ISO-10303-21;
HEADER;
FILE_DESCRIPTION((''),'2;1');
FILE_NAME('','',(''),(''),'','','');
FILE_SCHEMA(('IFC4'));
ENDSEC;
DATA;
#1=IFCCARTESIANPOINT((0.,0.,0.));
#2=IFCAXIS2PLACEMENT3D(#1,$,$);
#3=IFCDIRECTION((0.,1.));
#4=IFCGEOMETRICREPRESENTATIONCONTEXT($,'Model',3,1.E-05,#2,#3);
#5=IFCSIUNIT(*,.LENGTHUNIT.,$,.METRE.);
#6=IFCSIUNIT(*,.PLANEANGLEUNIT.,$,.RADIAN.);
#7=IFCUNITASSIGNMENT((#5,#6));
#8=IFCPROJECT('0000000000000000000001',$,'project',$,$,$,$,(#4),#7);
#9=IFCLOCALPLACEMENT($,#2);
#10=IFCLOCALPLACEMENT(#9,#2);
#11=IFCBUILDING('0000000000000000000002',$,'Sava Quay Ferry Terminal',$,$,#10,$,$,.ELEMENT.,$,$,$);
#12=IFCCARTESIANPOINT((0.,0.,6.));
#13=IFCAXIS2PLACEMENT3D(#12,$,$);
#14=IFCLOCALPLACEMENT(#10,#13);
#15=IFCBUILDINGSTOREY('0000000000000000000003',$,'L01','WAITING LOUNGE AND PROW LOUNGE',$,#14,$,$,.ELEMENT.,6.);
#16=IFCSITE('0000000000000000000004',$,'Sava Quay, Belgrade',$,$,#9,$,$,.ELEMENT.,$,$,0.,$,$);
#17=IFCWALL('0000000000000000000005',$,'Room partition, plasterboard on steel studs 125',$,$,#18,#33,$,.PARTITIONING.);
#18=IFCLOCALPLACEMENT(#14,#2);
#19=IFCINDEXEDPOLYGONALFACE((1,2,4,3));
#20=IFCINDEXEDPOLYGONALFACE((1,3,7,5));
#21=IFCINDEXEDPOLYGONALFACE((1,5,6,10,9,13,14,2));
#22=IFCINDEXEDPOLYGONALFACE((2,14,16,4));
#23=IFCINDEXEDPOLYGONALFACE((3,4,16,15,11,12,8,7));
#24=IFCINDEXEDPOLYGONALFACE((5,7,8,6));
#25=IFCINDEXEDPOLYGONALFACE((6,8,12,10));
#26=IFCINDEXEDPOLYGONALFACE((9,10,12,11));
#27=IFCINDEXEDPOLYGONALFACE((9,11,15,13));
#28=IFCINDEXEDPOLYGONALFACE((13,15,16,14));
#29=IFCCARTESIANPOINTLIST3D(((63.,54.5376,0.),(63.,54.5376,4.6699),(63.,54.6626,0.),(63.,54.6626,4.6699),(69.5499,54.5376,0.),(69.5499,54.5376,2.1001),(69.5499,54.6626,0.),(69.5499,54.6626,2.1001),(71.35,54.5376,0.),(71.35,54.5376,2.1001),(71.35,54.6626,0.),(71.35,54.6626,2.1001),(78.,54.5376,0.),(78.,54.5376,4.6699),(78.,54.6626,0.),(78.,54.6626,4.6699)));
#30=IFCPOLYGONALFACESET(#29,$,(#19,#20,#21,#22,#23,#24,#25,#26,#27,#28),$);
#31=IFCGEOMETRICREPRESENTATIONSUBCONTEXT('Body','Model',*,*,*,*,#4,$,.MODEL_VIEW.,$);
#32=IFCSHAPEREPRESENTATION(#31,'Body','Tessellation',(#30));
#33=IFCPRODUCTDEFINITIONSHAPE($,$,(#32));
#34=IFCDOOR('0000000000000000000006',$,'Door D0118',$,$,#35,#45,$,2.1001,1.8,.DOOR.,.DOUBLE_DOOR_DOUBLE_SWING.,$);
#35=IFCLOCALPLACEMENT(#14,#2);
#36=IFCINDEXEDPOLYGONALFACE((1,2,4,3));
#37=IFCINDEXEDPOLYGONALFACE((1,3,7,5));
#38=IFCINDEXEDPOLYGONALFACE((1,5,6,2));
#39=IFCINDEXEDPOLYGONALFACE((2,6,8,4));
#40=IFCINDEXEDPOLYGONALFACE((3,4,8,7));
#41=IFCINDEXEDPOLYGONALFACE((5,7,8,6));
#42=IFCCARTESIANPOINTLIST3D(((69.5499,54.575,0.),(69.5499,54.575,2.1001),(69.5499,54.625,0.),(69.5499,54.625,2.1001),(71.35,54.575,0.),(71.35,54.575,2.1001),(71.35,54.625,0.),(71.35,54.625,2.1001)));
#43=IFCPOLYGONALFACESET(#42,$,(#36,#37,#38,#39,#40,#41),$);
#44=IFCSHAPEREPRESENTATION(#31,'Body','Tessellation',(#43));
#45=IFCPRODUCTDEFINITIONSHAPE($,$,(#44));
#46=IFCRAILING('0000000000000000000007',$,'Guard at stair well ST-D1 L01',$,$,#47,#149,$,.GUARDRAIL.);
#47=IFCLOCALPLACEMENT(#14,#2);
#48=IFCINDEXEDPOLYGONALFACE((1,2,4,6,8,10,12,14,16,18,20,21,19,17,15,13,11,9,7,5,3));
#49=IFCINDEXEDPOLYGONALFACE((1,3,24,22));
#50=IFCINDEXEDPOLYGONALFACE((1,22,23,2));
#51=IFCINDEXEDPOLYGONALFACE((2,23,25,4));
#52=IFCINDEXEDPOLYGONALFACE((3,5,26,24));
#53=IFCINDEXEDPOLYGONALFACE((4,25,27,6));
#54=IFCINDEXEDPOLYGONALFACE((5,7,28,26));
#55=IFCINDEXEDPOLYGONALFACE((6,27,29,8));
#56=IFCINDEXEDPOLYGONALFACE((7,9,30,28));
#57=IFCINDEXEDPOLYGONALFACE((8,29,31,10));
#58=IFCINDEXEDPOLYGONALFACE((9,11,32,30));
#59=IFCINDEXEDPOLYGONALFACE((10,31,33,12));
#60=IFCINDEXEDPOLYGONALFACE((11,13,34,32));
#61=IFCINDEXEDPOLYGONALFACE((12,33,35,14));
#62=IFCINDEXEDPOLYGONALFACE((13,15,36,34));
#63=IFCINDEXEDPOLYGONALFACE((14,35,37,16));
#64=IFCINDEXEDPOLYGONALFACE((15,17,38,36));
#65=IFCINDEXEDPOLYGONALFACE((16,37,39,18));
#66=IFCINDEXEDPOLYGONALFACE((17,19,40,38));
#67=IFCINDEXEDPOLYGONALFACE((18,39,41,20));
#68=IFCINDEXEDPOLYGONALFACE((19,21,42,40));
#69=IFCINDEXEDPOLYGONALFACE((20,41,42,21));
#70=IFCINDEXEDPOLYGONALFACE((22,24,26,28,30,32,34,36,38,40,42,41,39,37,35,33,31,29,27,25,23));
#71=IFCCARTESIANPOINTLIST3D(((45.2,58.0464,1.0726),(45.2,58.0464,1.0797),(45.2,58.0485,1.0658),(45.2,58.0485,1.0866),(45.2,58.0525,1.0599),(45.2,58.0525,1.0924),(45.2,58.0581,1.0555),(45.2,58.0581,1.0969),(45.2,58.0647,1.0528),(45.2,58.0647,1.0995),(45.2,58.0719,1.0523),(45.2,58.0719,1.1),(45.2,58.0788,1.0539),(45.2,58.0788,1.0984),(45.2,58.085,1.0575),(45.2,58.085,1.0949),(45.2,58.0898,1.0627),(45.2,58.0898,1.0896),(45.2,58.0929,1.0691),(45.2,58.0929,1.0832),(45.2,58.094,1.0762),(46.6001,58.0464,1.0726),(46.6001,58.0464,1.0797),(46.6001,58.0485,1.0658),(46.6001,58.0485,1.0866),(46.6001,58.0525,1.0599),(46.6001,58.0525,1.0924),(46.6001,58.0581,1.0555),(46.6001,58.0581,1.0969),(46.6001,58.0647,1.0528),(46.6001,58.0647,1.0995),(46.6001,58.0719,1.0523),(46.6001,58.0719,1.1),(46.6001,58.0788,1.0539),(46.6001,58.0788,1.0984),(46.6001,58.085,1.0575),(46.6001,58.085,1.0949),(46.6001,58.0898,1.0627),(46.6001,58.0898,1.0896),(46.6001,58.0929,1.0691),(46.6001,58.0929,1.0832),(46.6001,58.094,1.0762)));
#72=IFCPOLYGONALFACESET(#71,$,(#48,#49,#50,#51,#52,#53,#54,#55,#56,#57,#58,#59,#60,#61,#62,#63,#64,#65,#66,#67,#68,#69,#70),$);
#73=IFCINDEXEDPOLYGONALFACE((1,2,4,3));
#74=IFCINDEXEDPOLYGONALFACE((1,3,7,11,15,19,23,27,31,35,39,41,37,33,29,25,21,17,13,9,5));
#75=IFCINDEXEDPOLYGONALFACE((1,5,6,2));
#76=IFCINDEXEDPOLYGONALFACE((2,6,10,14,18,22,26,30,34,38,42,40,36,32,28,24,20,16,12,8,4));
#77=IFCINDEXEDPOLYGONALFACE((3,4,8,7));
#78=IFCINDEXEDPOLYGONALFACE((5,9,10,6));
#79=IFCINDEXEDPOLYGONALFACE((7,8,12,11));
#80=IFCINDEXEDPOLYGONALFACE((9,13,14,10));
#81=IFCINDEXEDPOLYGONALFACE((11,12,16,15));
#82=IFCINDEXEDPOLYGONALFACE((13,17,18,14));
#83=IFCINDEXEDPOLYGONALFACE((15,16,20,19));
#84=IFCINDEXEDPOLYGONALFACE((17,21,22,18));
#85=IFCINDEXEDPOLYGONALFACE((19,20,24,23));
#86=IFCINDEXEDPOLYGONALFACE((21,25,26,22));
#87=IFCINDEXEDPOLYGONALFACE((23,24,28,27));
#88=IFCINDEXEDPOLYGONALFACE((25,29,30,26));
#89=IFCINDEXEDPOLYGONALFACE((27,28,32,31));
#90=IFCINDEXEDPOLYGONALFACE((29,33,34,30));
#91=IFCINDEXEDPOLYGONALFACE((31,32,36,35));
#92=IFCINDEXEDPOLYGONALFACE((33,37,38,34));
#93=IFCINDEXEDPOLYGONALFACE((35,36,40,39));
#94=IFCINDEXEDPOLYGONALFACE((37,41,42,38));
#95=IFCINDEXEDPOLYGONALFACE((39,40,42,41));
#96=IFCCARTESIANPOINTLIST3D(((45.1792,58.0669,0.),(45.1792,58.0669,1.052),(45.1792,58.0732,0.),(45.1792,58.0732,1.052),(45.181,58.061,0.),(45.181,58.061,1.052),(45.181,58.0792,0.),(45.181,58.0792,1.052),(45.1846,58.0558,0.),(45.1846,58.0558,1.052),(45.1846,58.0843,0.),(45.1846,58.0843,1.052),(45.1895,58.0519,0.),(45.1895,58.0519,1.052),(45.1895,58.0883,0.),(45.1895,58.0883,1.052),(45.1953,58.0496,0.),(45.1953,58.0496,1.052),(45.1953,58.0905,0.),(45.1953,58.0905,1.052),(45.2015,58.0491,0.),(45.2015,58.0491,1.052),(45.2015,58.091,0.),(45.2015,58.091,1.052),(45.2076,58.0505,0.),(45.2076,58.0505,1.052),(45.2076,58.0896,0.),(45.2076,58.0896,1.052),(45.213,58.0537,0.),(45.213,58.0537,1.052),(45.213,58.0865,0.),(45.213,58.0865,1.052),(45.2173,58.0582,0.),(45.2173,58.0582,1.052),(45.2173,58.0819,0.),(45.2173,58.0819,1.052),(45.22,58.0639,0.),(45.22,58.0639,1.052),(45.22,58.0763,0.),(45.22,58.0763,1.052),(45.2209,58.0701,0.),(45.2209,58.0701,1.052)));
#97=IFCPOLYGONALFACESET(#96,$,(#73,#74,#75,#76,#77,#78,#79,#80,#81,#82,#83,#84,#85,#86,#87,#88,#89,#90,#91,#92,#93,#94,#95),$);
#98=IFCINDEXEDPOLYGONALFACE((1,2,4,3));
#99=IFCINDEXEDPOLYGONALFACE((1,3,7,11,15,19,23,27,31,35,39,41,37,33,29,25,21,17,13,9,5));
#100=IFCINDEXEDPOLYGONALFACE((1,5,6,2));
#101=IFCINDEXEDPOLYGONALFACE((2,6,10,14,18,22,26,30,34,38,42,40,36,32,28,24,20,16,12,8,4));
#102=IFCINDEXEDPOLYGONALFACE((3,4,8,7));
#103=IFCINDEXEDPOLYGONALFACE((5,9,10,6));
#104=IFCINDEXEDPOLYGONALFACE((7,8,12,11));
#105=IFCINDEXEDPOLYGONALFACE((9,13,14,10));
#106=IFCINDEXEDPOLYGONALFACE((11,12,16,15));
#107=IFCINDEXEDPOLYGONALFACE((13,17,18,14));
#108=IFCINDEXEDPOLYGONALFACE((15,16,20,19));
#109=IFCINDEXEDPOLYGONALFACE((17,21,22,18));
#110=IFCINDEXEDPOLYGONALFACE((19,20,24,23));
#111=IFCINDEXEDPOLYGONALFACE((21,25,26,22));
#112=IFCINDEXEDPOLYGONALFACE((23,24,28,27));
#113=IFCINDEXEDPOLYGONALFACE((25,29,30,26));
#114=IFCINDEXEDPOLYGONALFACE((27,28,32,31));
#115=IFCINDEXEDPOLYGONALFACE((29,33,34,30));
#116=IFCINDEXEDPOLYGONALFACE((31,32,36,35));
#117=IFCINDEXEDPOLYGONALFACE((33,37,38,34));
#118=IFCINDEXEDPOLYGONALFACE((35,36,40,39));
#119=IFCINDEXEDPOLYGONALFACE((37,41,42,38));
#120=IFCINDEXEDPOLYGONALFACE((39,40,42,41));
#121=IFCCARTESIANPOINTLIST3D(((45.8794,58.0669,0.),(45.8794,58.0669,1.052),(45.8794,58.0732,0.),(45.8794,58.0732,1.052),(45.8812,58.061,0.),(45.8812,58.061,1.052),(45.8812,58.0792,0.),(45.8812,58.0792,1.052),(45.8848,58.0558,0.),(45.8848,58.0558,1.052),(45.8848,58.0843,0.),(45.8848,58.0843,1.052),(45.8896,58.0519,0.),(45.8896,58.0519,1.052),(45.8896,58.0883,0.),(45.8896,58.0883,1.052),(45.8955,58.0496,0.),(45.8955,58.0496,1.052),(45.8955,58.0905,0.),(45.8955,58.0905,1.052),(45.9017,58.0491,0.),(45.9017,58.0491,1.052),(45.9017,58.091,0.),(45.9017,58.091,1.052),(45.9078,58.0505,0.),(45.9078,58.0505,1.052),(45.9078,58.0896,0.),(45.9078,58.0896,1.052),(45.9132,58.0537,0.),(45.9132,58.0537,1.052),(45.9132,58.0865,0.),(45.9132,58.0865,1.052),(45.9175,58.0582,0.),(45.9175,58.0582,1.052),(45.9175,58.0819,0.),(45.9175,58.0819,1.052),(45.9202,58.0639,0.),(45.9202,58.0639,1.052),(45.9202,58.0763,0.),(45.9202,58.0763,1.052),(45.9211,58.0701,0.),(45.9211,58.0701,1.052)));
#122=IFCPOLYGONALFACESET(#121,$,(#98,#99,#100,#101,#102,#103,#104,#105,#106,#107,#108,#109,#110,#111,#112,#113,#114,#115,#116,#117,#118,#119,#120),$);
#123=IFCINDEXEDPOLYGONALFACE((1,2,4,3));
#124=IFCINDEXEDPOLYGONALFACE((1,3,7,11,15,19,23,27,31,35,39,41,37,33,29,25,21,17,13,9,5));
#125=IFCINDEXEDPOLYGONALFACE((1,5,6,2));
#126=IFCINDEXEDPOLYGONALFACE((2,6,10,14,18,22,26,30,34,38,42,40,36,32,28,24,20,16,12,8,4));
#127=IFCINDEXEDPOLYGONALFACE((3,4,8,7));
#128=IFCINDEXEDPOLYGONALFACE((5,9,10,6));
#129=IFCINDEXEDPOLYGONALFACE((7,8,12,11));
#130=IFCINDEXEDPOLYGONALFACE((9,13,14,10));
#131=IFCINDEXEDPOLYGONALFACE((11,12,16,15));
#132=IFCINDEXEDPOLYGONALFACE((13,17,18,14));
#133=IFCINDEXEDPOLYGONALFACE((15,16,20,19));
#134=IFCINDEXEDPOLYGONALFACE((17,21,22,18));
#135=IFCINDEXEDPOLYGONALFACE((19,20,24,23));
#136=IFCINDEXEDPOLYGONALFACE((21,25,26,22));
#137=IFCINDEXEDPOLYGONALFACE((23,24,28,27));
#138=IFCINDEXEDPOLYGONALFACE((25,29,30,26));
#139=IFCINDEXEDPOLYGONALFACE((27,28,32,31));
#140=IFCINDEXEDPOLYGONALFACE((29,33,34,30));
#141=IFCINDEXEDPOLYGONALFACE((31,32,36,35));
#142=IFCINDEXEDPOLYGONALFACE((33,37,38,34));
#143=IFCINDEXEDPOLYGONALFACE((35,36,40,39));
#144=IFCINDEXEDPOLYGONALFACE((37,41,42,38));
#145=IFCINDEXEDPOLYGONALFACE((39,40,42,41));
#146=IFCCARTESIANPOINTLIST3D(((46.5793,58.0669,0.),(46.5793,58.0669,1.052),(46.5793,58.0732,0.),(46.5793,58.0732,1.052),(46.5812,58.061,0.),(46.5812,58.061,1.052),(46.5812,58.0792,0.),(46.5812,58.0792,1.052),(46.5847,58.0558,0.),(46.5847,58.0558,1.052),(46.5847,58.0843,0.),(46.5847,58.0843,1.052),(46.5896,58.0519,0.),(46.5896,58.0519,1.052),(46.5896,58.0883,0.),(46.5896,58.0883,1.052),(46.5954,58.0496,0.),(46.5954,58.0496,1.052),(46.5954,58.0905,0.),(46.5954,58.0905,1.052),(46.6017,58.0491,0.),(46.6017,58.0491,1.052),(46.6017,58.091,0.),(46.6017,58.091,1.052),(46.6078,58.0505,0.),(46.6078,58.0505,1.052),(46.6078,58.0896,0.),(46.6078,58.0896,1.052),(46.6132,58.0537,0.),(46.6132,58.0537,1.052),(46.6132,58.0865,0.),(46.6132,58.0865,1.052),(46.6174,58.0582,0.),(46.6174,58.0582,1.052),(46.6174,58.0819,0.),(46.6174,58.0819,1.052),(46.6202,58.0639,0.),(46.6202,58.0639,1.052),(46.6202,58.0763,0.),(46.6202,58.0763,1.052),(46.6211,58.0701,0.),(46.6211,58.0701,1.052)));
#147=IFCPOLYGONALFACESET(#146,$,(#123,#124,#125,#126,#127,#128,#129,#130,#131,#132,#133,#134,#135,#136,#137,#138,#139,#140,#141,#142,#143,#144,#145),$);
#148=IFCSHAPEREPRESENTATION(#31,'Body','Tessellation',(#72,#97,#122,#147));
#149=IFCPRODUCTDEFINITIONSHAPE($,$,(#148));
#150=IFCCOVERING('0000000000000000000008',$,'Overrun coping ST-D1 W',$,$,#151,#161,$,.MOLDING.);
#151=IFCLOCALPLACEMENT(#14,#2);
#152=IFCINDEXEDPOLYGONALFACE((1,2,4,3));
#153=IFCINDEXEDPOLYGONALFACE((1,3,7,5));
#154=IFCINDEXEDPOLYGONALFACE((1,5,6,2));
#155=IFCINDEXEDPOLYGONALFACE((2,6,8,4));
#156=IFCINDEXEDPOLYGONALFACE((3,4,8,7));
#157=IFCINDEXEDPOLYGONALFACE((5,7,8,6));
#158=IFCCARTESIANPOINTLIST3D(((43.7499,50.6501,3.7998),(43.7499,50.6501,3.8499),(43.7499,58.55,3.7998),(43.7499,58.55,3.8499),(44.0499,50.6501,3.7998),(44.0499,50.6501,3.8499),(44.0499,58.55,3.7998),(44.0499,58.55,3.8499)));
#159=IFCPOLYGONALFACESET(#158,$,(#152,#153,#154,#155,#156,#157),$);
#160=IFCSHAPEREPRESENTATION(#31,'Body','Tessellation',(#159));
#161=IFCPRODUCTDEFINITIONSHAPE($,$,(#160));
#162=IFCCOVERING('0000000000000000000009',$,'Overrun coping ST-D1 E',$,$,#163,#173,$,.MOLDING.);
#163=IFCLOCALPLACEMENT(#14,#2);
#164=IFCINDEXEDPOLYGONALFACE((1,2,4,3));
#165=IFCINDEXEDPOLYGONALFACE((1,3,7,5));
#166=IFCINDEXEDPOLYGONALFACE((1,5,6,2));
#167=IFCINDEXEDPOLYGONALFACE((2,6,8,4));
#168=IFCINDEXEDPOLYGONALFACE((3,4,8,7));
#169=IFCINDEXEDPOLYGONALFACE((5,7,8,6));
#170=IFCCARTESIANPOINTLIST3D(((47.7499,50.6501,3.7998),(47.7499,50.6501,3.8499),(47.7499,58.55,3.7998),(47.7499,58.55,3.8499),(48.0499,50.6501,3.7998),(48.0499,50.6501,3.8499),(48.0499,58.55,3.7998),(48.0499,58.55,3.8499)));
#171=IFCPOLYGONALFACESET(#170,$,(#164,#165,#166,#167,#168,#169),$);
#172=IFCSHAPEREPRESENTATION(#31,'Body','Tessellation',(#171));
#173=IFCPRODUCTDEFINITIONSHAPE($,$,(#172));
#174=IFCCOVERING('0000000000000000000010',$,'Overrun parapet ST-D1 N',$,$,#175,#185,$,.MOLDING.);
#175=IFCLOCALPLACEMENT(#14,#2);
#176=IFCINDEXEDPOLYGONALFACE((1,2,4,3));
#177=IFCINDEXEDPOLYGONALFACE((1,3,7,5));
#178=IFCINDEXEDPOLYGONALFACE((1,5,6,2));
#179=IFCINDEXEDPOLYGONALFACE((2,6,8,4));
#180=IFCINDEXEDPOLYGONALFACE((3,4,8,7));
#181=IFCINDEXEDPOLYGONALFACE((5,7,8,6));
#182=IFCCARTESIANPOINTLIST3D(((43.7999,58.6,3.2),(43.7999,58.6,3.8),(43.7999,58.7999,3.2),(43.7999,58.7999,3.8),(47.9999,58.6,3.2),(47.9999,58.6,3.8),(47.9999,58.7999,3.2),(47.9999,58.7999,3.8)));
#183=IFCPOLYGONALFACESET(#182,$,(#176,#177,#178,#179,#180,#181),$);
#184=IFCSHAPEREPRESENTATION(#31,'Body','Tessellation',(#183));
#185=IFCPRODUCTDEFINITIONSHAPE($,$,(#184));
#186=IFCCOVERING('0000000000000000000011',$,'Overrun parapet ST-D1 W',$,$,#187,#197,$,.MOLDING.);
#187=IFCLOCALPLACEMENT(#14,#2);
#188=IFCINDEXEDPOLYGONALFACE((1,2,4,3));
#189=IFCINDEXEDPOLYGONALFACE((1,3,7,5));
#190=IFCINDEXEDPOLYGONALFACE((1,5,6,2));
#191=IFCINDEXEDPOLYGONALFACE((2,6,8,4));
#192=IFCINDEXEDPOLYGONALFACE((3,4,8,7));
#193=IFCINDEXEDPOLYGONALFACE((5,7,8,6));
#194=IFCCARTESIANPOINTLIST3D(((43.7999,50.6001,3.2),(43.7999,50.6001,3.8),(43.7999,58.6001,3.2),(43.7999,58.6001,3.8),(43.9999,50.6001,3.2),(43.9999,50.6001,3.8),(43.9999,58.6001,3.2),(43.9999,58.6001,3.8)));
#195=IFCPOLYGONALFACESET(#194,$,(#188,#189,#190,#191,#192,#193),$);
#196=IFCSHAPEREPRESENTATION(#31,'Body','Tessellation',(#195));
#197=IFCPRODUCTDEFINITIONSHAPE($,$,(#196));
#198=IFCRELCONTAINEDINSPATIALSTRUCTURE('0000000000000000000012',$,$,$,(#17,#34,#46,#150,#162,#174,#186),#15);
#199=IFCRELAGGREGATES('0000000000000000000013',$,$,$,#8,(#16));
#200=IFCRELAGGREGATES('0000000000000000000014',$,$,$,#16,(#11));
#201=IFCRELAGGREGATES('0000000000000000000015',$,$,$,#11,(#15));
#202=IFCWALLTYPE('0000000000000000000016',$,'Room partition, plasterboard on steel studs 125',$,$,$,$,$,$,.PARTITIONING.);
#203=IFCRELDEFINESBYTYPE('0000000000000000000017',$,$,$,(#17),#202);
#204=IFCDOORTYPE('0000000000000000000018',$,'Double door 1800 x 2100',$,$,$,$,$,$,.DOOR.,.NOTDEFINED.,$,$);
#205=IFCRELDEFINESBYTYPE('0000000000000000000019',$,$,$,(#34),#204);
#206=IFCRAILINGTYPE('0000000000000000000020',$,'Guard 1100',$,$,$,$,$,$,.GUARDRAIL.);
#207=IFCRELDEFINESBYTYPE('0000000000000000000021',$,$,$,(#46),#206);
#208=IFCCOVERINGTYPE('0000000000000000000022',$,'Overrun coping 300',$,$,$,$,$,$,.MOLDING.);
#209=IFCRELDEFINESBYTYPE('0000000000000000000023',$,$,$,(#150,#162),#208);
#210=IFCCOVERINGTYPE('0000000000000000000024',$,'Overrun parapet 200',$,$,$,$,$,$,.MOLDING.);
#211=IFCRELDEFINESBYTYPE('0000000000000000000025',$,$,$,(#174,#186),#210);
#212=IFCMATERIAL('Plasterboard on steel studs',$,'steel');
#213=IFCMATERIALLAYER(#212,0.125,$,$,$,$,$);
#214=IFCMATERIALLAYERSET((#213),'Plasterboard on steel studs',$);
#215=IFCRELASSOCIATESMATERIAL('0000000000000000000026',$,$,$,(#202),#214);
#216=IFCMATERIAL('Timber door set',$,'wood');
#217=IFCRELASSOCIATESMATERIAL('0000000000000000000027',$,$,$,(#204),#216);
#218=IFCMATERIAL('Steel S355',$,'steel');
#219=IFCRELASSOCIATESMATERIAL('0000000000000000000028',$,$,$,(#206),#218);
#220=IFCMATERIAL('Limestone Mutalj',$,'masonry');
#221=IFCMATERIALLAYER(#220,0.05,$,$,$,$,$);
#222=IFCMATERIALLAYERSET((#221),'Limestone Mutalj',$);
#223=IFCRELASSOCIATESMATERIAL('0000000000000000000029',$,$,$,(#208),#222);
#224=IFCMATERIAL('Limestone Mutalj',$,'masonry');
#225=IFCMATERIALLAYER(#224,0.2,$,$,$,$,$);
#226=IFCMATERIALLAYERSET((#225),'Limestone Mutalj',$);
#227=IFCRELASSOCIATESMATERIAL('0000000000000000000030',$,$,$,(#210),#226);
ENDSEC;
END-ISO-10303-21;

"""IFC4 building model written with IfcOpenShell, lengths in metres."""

from ifc_helpers import new_model, si_unit, direction, frame, frame_2d, origin, origin_2d, place, context, subcontext, project, spatial, rectangle, circle, extrude, material, layer, layer_set, type_object, element, fill, save


model = new_model("IFC4")

# Units and contexts
model_context = context("Model", 3, precision=1e-05, world=origin(), true_north=direction((0.0, 1.0)))
body_context = subcontext(model_context, "Body", "Model", "MODEL_VIEW")
ifc_project = project(units=[si_unit("LENGTHUNIT", "METRE"), si_unit("PLANEANGLEUNIT", "RADIAN")], contexts=[model_context])

# Site, building, storey
site_placement = place(None, origin())
site = spatial("IfcSite", under=ifc_project, at=site_placement, Name="Sava Quay, Belgrade", CompositionType="ELEMENT", RefElevation=0.0)
building_placement = place(site_placement, origin())
building = spatial("IfcBuilding", under=site, at=building_placement, Name="Sava Quay Ferry Terminal", CompositionType="ELEMENT")
storey_placement = place(building_placement, frame((0.0, 0.0, 6.0)))
storey = spatial("IfcBuildingStorey", under=building, at=storey_placement, Name="L01", Description="WAITING LOUNGE AND PROW LOUNGE", CompositionType="ELEMENT", Elevation=6.0)

# Wall, opening, door
ifc_material_1 = material(Name="Plasterboard on steel studs", Category="steel")
ifc_layer_1 = layer(ifc_material_1, 0.125)
ifc_layer_set_1 = layer_set([ifc_layer_1], Name="Plasterboard on steel studs")
wall_type_1 = type_object("IfcWallType", Name="Room partition, plasterboard on steel studs 125", PredefinedType="PARTITIONING", material=ifc_layer_set_1)
ifc_material_2 = material(Name="Timber door set", Category="wood")
door_type_1 = type_object("IfcDoorType", Name="Double door 1800 x 2100", OperationType="NOTDEFINED", PredefinedType="DOOR", material=ifc_material_2)
wall_1_placement = place(storey_placement, frame((63.0, 54.6001, 0.0), z_axis=(0.0, 0.0, 1.0), x_axis=(1.0, 0.0, 0.0)))
wall_1 = element("IfcWall", 1, at=wall_1_placement, inside=storey, type_object=wall_type_1, Name="Room partition, plasterboard on steel studs 125", PredefinedType="PARTITIONING", context=body_context, shape_type="SweptSolid", body=[
    extrude(rectangle(XDim=15.0, YDim=0.125, at=frame_2d((7.5, 0.0))), origin(), (0.0, 0.0, 1.0), 4.6699),
])
opening_1_placement = place(wall_1_placement, frame((6.55, 0.0, 0.0)))
opening_1 = element("IfcOpeningElement", 2, at=opening_1_placement, cuts=wall_1, PredefinedType="OPENING", context=body_context, shape_type="SweptSolid", body=[
    extrude(rectangle(XDim=1.8, YDim=2.1001, at=frame_2d((0.8999, 1.05))), frame((0.0, 0.0625, 0.0), z_axis=(0.0, -1.0, 0.0), x_axis=(1.0, 0.0, 0.0)), (0.0, 0.0, 1.0), 0.125),
])
door_1_placement = place(opening_1_placement, origin())
door_1 = element("IfcDoor", 3, at=door_1_placement, inside=storey, type_object=door_type_1, Name="Door D0118", OperationType="DOUBLE_DOOR_DOUBLE_SWING", OverallHeight=2.1001, OverallWidth=1.8, PredefinedType="DOOR", context=body_context, shape_type="SweptSolid", body=[
    extrude(rectangle(XDim=1.8, YDim=2.1001, at=frame_2d((0.8999, 1.05))), frame((0.0, 0.0249, 0.0), z_axis=(0.0, -1.0, 0.0), x_axis=(1.0, 0.0, 0.0)), (0.0, 0.0, 1.0), 0.05),
])
fill(opening_1, door_1)

# Railing
ifc_material_3 = material(Name="Steel S355", Category="steel")
railing_type = type_object("IfcRailingType", Name="Guard 1100", PredefinedType="GUARDRAIL", material=ifc_material_3)
railing_placement = place(storey_placement, frame((45.2, 58.0701, 0.0)))
element("IfcRailing", 4, at=railing_placement, inside=storey, type_object=railing_type, Name="Guard at stair well ST-D1 L01", PredefinedType="GUARDRAIL", context=body_context, shape_type="SweptSolid", body=[
    extrude(circle(Radius=0.0239, at=origin_2d()), frame((0.0, 0.0, 1.0762), z_axis=(1.0, 0.0, 0.0), x_axis=(0.0, 1.0, 0.0)), (0.0, 0.0, 1.0), 1.4001),
    extrude(circle(Radius=0.021, at=origin_2d()), origin(), (0.0, 0.0, 1.0), 1.052),
    extrude(circle(Radius=0.021, at=origin_2d()), frame((0.7002, 0.0, 0.0)), (0.0, 0.0, 1.0), 1.052),
    extrude(circle(Radius=0.021, at=origin_2d()), frame((1.4001, 0.0, 0.0)), (0.0, 0.0, 1.0), 1.052),
])

# Coverings
ifc_material_4 = material(Name="Limestone Mutalj", Category="masonry")
ifc_layer_2 = layer(ifc_material_4, 0.05)
ifc_layer_set_2 = layer_set([ifc_layer_2], Name="Limestone Mutalj")
covering_type_1 = type_object("IfcCoveringType", Name="Overrun coping 300", PredefinedType="MOLDING", material=ifc_layer_set_2)
for number, where, z_axis, x_axis, name in (
    (5, (43.8999, 54.6001, 3.7998), (0.0, 0.0, 1.0), (1.0, 0.0, 0.0), "Overrun coping ST-D1 W"),
    (6, (47.8999, 54.6001, 3.7998), (0.0, 0.0, 1.0), (1.0, 0.0, 0.0), "Overrun coping ST-D1 E"),
):
    element("IfcCovering", number, at=place(storey_placement, frame(where, z_axis=z_axis, x_axis=x_axis)), inside=storey, type_object=covering_type_1, Name=name, PredefinedType="MOLDING", context=body_context, shape_type="SweptSolid", body=[
        extrude(rectangle(XDim=0.3, YDim=7.8999, at=origin_2d()), origin(), (0.0, 0.0, 1.0), 0.05),
    ])
ifc_material_5 = material(Name="Limestone Mutalj", Category="masonry")
ifc_layer_3 = layer(ifc_material_5, 0.2)
ifc_layer_set_3 = layer_set([ifc_layer_3], Name="Limestone Mutalj")
covering_type_2 = type_object("IfcCoveringType", Name="Overrun parapet 200", PredefinedType="MOLDING", material=ifc_layer_set_3)
covering_placement = place(storey_placement, frame((45.8999, 58.7, 3.2), z_axis=(0.0, 0.0, 1.0), x_axis=(1.0, 0.0, 0.0)))
element("IfcCovering", 7, at=covering_placement, inside=storey, type_object=covering_type_2, Name="Overrun parapet ST-D1 N", PredefinedType="MOLDING", context=body_context, shape_type="SweptSolid", body=[
    extrude(rectangle(XDim=4.2, YDim=0.2, at=origin_2d()), origin(), (0.0, 0.0, 1.0), 0.6001),
])
for number, where, z_axis, x_axis, name in (
    (8, (43.8999, 54.6001, 3.2), (0.0, 0.0, 1.0), (1.0, 0.0, 0.0), "Overrun parapet ST-D1 W"),
):
    element("IfcCovering", number, at=place(storey_placement, frame(where, z_axis=z_axis, x_axis=x_axis)), inside=storey, type_object=covering_type_2, Name=name, PredefinedType="MOLDING", context=body_context, shape_type="SweptSolid", body=[
        extrude(rectangle(XDim=0.2, YDim=8.0, at=origin_2d()), origin(), (0.0, 0.0, 1.0), 0.6001),
    ])

save(model, "model.ifc")
